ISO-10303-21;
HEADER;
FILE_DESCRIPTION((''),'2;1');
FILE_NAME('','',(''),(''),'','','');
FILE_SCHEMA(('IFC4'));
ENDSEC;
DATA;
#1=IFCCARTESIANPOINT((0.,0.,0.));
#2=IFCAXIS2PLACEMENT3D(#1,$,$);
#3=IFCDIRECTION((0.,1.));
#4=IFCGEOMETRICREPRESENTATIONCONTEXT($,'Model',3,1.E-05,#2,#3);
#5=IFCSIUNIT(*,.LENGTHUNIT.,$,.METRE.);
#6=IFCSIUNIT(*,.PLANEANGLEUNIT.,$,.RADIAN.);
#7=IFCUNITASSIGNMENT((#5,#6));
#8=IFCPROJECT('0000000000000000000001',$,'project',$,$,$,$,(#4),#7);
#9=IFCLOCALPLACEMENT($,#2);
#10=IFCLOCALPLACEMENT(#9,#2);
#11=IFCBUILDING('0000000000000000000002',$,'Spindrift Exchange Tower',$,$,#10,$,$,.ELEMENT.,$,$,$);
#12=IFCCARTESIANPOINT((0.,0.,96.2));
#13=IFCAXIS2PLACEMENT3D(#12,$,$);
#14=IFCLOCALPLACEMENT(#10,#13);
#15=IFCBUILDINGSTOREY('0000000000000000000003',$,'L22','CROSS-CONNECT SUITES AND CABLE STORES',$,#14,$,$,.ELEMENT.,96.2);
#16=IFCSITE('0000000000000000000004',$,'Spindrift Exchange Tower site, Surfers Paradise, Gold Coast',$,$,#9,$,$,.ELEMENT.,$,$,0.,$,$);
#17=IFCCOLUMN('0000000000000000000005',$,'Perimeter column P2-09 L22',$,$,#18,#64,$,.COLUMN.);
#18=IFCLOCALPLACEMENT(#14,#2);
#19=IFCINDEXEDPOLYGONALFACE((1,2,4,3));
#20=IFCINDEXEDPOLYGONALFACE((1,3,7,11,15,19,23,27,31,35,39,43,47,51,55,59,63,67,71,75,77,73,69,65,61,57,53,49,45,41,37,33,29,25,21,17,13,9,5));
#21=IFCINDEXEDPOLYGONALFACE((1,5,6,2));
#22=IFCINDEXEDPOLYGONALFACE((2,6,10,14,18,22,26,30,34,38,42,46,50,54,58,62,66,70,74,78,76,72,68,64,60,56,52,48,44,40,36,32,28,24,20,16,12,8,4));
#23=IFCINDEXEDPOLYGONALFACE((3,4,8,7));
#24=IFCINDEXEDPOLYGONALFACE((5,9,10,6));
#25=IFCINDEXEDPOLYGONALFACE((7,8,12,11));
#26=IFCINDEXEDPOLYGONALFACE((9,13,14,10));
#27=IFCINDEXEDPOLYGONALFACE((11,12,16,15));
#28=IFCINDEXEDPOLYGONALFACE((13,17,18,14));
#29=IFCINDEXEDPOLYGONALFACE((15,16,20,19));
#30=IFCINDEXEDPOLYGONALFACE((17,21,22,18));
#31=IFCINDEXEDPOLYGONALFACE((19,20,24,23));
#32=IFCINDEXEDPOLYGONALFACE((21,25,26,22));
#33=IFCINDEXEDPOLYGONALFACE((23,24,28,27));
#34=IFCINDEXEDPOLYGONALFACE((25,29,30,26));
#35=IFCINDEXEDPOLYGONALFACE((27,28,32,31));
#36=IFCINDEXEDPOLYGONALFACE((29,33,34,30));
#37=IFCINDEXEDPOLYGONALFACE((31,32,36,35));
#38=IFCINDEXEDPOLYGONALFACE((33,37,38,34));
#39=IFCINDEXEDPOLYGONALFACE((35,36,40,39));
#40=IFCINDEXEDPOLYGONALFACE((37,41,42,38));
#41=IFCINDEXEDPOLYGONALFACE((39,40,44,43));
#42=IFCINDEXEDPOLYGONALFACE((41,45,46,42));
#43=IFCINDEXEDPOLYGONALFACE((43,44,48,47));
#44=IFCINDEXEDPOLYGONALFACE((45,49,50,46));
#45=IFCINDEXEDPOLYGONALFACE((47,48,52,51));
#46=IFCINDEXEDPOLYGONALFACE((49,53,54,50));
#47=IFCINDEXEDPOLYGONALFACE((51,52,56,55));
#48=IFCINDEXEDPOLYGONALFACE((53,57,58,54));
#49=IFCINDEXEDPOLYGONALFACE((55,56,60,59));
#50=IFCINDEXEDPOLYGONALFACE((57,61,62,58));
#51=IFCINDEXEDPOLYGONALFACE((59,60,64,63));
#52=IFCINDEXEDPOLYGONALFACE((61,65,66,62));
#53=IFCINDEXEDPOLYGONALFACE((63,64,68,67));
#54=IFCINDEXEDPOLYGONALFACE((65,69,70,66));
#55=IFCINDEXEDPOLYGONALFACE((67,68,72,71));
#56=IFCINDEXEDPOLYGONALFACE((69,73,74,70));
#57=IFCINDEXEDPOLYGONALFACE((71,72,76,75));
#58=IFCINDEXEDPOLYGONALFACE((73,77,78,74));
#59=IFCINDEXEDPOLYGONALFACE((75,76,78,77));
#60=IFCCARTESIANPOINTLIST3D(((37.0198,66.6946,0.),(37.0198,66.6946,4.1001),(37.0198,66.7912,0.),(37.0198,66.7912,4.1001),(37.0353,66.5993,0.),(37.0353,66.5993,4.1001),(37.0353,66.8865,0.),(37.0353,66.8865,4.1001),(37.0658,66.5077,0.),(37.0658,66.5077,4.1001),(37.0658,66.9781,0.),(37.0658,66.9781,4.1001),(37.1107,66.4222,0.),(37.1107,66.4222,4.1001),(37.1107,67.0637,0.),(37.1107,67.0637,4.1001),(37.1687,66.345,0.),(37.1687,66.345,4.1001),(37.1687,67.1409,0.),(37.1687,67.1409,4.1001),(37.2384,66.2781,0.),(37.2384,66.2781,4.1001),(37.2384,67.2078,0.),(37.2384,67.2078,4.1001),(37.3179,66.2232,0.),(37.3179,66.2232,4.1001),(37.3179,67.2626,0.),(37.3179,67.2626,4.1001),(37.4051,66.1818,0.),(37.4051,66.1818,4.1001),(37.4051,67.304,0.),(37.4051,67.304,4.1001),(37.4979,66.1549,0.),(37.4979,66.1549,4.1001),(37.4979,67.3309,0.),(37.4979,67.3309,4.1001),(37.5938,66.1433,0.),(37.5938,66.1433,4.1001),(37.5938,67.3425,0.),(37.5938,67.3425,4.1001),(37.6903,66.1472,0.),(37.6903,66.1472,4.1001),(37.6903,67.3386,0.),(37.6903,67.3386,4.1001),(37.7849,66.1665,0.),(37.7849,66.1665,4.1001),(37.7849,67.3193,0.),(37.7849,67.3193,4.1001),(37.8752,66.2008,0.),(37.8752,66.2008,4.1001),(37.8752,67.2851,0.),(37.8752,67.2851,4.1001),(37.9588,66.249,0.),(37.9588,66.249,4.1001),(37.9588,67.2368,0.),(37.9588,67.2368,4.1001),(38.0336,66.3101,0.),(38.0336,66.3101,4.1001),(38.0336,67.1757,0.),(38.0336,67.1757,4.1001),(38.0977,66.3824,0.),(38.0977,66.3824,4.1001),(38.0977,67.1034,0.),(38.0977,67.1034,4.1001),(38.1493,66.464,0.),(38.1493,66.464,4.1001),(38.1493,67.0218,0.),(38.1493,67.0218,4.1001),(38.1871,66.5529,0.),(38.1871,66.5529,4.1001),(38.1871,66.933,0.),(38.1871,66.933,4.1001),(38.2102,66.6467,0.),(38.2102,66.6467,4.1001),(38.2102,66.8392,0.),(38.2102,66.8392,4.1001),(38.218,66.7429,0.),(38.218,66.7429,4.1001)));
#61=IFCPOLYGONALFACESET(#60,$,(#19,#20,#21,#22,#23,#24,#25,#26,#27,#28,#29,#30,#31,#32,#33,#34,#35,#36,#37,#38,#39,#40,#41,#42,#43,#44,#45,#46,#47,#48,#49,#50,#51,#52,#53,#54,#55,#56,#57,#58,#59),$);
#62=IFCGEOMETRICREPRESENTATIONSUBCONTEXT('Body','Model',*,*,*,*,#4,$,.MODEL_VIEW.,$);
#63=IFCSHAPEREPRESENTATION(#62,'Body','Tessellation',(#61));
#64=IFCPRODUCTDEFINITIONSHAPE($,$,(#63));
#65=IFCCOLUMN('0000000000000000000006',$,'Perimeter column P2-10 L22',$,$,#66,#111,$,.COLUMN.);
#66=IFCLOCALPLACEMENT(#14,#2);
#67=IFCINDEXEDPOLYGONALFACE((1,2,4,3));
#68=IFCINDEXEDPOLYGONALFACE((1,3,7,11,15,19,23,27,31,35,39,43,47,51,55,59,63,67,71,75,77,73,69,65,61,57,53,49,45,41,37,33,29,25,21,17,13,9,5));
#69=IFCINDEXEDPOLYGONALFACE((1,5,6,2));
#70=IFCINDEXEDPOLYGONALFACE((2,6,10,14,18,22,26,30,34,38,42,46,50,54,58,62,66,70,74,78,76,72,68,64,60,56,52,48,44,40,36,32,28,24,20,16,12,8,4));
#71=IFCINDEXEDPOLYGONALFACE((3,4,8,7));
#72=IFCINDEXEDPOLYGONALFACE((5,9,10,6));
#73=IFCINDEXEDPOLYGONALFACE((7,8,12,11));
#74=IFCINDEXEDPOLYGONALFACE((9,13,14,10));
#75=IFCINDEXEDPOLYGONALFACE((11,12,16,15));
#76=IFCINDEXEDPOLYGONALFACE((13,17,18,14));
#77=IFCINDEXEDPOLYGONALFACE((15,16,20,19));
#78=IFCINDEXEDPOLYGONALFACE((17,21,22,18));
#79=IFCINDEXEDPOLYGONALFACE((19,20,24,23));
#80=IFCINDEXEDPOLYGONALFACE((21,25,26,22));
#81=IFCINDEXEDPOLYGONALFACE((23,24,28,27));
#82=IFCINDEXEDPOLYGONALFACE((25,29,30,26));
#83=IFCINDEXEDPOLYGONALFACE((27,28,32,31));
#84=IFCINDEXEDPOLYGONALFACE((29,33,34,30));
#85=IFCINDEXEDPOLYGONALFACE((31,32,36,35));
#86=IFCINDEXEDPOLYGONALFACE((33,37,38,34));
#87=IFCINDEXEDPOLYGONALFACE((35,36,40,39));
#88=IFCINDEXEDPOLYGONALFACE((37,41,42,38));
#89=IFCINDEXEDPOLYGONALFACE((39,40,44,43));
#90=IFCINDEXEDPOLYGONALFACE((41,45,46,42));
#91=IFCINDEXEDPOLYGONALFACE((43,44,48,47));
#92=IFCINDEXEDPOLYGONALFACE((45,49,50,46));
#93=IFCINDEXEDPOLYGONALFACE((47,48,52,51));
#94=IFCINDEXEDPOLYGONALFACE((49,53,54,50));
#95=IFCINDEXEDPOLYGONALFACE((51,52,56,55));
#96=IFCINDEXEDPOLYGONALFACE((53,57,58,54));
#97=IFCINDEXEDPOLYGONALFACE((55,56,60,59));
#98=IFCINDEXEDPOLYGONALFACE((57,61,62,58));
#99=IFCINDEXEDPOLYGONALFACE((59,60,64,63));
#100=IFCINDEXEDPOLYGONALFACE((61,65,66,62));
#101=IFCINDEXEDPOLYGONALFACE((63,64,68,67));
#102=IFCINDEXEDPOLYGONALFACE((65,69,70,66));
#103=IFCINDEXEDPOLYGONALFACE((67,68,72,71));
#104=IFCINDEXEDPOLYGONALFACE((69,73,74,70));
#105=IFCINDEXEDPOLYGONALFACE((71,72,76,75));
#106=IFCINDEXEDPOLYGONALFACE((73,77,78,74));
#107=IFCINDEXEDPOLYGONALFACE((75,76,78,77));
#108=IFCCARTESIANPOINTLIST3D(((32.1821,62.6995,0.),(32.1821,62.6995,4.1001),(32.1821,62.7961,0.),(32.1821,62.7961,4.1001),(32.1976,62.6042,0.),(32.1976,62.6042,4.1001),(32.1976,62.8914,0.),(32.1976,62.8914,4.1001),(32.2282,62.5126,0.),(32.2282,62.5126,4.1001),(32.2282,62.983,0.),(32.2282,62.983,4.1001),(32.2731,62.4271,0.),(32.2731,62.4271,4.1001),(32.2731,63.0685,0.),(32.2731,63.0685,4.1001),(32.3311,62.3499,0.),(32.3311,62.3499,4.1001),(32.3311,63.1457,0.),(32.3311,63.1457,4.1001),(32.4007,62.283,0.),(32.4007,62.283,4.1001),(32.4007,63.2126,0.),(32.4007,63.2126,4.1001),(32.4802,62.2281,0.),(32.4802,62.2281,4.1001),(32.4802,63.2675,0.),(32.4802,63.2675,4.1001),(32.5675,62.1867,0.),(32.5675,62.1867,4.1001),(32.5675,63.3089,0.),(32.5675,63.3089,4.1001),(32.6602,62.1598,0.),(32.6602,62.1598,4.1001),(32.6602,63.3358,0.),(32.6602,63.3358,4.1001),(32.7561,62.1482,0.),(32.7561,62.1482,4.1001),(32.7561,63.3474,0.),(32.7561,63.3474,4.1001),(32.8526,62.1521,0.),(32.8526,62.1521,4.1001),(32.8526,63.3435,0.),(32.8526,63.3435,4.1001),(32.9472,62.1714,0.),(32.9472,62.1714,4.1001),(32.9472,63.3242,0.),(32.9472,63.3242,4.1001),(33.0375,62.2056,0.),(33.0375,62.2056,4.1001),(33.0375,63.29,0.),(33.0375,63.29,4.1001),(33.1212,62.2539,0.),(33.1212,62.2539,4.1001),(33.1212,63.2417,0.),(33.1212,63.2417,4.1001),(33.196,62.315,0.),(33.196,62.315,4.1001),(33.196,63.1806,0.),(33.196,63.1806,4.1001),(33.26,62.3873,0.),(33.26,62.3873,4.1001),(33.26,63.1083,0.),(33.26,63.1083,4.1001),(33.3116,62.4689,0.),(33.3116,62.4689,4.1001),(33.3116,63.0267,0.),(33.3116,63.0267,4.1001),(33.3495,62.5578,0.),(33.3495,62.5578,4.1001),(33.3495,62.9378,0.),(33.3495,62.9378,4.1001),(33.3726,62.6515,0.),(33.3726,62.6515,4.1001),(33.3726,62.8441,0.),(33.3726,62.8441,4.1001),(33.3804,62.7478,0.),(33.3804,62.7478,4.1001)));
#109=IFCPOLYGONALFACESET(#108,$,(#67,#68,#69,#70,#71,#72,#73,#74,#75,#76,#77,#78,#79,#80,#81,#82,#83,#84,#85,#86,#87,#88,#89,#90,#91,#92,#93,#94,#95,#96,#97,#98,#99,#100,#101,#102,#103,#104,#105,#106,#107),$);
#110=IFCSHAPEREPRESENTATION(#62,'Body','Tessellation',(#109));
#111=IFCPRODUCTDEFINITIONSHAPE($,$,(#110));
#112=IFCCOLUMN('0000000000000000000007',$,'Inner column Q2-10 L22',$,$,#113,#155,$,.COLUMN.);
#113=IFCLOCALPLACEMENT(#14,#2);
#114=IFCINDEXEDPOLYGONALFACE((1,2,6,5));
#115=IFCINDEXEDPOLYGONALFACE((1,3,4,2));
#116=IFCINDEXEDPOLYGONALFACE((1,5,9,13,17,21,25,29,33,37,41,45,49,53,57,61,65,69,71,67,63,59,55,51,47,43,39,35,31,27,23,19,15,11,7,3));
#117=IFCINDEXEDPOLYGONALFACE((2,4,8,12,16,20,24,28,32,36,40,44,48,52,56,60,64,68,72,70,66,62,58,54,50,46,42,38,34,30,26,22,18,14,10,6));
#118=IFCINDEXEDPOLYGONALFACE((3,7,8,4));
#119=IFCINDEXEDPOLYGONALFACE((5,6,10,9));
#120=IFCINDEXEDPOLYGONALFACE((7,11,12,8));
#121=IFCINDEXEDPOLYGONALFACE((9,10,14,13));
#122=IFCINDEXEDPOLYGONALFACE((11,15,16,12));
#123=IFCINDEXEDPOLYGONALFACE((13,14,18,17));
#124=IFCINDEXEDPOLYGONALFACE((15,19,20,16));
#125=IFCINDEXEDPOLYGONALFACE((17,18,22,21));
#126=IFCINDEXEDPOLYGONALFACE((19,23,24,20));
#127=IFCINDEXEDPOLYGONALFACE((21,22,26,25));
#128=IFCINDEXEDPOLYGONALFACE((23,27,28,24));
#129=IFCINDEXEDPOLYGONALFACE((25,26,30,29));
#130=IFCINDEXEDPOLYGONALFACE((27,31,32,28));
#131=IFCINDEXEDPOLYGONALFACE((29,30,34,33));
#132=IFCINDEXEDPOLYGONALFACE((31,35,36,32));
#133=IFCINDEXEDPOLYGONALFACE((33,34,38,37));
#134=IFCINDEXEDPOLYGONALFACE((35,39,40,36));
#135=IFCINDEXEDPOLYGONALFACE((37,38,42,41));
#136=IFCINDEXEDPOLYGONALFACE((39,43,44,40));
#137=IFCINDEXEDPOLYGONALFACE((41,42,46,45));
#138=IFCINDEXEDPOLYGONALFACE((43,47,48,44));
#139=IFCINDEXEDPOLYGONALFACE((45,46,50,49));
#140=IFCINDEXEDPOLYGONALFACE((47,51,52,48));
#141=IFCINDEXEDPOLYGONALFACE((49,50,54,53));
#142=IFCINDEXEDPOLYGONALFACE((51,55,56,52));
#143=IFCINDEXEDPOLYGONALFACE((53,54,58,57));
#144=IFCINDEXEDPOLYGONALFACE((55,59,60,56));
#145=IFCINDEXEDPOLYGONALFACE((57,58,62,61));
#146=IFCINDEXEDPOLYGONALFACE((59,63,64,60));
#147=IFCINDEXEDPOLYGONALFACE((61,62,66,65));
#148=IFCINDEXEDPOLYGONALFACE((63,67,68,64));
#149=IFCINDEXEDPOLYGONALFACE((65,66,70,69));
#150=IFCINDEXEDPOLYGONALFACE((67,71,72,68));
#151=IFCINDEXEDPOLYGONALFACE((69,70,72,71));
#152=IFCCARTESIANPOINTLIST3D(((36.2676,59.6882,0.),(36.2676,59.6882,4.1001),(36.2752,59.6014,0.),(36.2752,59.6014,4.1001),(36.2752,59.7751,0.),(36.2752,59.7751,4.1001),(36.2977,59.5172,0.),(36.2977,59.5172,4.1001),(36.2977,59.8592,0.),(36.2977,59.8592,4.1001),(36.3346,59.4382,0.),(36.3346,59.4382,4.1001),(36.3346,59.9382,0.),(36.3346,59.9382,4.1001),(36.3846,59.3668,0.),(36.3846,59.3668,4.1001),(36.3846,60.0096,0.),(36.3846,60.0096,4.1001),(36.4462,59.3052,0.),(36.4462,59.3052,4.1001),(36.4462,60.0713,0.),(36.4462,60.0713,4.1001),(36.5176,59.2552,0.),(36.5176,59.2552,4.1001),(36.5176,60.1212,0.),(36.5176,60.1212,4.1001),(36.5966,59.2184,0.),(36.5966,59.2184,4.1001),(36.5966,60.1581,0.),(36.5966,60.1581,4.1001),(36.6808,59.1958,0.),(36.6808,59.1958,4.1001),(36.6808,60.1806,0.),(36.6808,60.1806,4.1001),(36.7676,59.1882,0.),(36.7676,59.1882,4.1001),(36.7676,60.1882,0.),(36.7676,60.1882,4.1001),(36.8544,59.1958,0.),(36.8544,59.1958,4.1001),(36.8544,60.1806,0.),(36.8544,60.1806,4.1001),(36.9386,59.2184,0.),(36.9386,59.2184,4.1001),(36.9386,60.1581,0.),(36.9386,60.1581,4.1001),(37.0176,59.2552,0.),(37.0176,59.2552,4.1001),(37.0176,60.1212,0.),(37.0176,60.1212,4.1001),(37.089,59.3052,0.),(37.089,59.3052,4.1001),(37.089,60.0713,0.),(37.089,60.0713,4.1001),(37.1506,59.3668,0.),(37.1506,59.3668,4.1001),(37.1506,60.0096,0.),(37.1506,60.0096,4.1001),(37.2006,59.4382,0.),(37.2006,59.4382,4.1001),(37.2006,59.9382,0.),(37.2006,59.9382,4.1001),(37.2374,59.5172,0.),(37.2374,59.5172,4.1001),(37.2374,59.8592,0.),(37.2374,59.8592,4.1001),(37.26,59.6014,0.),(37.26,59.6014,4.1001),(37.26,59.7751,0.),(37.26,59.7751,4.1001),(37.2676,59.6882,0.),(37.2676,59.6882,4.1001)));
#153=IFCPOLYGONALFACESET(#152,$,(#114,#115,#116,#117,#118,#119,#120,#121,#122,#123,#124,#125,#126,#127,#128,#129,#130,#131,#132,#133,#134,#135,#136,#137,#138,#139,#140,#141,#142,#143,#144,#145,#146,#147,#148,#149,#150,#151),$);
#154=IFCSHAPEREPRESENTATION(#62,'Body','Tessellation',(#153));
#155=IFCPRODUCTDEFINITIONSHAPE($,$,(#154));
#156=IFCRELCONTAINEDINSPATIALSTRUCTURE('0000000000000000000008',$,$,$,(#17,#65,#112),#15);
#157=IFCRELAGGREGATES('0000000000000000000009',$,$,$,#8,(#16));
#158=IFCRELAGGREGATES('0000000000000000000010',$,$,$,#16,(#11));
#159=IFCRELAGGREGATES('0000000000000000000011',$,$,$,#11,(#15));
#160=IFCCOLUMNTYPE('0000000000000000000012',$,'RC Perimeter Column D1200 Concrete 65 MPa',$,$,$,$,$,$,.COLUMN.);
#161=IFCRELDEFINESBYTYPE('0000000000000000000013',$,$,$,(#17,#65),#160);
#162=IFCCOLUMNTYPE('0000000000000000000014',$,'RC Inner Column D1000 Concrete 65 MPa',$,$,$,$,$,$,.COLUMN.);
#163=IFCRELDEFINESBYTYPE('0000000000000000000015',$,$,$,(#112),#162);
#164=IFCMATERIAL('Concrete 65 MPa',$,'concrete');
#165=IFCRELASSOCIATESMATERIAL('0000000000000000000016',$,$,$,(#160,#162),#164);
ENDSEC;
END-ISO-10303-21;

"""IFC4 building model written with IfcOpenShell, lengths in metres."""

from ifc_helpers import new_model, si_unit, direction, frame, origin, origin_2d, place, context, subcontext, project, spatial, circle, extrude, source, transform, mapped, material, material_profile, profile_set, type_object, element, save


model = new_model("IFC4")

# Units and contexts
model_context = context("Model", 3, precision=1e-05, world=origin(), true_north=direction((0.0, 1.0)))
body_context = subcontext(model_context, "Body", "Model", "MODEL_VIEW")
ifc_project = project(units=[si_unit("LENGTHUNIT", "METRE"), si_unit("PLANEANGLEUNIT", "RADIAN")], contexts=[model_context])

# Site, building, storey
site_placement = place(None, origin())
site = spatial("IfcSite", under=ifc_project, at=site_placement, Name="Spindrift Exchange Tower site, Surfers Paradise, Gold Coast", CompositionType="ELEMENT", RefElevation=0.0)
building_placement = place(site_placement, origin())
building = spatial("IfcBuilding", under=site, at=building_placement, Name="Spindrift Exchange Tower", CompositionType="ELEMENT")
storey_placement = place(building_placement, frame((0.0, 0.0, 96.2)))
storey = spatial("IfcBuildingStorey", under=building, at=storey_placement, Name="L22", Description="CROSS-CONNECT SUITES AND CABLE STORES", CompositionType="ELEMENT", Elevation=96.2)

# Columns
ifc_material_1 = material(Name="Concrete 65 MPa", Category="concrete")
ifc_material_profile_1 = material_profile(ifc_material_1, circle(Radius=0.6001, at=origin_2d()), Name="RC D1200")
ifc_profile_set_1 = profile_set([ifc_material_profile_1], Name="Concrete 65 MPa")
column_type_1 = type_object("IfcColumnType", Name="RC Perimeter Column D1200 Concrete 65 MPa", PredefinedType="COLUMN", material=ifc_profile_set_1)
shared_shape_1 = source(origin(), body_context, "Body", "SweptSolid", [
    extrude(circle(Radius=0.6001, at=origin_2d()), origin(), (0.0, 0.0, 1.0), 4.1001),
])
for number, where, z_axis, x_axis, name in (
    (1, (37.6179, 66.7429, 0.0), (0.0, 0.0, 1.0), (1.0, 0.0, 0.0), "Perimeter column P2-09 L22"),
    (2, (32.7803, 62.7478, 0.0), (0.0, 0.0, 1.0), (1.0, 0.0, 0.0), "Perimeter column P2-10 L22"),
):
    element("IfcColumn", number, at=place(storey_placement, frame(where, z_axis=z_axis, x_axis=x_axis)), inside=storey, type_object=column_type_1, Name=name, PredefinedType="COLUMN", context=body_context, shape_type="MappedRepresentation", body=[
        mapped(shared_shape_1, transform((0.0, 0.0, 0.0), scale=1.0)),
    ])
ifc_material_profile_2 = material_profile(ifc_material_1, circle(Radius=0.5, at=origin_2d()), Name="RC D1000")
ifc_profile_set_2 = profile_set([ifc_material_profile_2], Name="Concrete 65 MPa")
column_type_2 = type_object("IfcColumnType", Name="RC Inner Column D1000 Concrete 65 MPa", PredefinedType="COLUMN", material=ifc_profile_set_2)
shared_shape_2 = source(origin(), body_context, "Body", "SweptSolid", [
    extrude(circle(Radius=0.5, at=origin_2d()), origin(), (0.0, 0.0, 1.0), 4.1001),
])
column_placement = place(storey_placement, frame((36.7676, 59.6882, 0.0), z_axis=(0.0, 0.0, 1.0), x_axis=(1.0, 0.0, 0.0)))
element("IfcColumn", 3, at=column_placement, inside=storey, type_object=column_type_2, Name="Inner column Q2-10 L22", PredefinedType="COLUMN", context=body_context, shape_type="MappedRepresentation", body=[
    mapped(shared_shape_2, transform((0.0, 0.0, 0.0), scale=1.0)),
])

save(model, "model.ifc")
